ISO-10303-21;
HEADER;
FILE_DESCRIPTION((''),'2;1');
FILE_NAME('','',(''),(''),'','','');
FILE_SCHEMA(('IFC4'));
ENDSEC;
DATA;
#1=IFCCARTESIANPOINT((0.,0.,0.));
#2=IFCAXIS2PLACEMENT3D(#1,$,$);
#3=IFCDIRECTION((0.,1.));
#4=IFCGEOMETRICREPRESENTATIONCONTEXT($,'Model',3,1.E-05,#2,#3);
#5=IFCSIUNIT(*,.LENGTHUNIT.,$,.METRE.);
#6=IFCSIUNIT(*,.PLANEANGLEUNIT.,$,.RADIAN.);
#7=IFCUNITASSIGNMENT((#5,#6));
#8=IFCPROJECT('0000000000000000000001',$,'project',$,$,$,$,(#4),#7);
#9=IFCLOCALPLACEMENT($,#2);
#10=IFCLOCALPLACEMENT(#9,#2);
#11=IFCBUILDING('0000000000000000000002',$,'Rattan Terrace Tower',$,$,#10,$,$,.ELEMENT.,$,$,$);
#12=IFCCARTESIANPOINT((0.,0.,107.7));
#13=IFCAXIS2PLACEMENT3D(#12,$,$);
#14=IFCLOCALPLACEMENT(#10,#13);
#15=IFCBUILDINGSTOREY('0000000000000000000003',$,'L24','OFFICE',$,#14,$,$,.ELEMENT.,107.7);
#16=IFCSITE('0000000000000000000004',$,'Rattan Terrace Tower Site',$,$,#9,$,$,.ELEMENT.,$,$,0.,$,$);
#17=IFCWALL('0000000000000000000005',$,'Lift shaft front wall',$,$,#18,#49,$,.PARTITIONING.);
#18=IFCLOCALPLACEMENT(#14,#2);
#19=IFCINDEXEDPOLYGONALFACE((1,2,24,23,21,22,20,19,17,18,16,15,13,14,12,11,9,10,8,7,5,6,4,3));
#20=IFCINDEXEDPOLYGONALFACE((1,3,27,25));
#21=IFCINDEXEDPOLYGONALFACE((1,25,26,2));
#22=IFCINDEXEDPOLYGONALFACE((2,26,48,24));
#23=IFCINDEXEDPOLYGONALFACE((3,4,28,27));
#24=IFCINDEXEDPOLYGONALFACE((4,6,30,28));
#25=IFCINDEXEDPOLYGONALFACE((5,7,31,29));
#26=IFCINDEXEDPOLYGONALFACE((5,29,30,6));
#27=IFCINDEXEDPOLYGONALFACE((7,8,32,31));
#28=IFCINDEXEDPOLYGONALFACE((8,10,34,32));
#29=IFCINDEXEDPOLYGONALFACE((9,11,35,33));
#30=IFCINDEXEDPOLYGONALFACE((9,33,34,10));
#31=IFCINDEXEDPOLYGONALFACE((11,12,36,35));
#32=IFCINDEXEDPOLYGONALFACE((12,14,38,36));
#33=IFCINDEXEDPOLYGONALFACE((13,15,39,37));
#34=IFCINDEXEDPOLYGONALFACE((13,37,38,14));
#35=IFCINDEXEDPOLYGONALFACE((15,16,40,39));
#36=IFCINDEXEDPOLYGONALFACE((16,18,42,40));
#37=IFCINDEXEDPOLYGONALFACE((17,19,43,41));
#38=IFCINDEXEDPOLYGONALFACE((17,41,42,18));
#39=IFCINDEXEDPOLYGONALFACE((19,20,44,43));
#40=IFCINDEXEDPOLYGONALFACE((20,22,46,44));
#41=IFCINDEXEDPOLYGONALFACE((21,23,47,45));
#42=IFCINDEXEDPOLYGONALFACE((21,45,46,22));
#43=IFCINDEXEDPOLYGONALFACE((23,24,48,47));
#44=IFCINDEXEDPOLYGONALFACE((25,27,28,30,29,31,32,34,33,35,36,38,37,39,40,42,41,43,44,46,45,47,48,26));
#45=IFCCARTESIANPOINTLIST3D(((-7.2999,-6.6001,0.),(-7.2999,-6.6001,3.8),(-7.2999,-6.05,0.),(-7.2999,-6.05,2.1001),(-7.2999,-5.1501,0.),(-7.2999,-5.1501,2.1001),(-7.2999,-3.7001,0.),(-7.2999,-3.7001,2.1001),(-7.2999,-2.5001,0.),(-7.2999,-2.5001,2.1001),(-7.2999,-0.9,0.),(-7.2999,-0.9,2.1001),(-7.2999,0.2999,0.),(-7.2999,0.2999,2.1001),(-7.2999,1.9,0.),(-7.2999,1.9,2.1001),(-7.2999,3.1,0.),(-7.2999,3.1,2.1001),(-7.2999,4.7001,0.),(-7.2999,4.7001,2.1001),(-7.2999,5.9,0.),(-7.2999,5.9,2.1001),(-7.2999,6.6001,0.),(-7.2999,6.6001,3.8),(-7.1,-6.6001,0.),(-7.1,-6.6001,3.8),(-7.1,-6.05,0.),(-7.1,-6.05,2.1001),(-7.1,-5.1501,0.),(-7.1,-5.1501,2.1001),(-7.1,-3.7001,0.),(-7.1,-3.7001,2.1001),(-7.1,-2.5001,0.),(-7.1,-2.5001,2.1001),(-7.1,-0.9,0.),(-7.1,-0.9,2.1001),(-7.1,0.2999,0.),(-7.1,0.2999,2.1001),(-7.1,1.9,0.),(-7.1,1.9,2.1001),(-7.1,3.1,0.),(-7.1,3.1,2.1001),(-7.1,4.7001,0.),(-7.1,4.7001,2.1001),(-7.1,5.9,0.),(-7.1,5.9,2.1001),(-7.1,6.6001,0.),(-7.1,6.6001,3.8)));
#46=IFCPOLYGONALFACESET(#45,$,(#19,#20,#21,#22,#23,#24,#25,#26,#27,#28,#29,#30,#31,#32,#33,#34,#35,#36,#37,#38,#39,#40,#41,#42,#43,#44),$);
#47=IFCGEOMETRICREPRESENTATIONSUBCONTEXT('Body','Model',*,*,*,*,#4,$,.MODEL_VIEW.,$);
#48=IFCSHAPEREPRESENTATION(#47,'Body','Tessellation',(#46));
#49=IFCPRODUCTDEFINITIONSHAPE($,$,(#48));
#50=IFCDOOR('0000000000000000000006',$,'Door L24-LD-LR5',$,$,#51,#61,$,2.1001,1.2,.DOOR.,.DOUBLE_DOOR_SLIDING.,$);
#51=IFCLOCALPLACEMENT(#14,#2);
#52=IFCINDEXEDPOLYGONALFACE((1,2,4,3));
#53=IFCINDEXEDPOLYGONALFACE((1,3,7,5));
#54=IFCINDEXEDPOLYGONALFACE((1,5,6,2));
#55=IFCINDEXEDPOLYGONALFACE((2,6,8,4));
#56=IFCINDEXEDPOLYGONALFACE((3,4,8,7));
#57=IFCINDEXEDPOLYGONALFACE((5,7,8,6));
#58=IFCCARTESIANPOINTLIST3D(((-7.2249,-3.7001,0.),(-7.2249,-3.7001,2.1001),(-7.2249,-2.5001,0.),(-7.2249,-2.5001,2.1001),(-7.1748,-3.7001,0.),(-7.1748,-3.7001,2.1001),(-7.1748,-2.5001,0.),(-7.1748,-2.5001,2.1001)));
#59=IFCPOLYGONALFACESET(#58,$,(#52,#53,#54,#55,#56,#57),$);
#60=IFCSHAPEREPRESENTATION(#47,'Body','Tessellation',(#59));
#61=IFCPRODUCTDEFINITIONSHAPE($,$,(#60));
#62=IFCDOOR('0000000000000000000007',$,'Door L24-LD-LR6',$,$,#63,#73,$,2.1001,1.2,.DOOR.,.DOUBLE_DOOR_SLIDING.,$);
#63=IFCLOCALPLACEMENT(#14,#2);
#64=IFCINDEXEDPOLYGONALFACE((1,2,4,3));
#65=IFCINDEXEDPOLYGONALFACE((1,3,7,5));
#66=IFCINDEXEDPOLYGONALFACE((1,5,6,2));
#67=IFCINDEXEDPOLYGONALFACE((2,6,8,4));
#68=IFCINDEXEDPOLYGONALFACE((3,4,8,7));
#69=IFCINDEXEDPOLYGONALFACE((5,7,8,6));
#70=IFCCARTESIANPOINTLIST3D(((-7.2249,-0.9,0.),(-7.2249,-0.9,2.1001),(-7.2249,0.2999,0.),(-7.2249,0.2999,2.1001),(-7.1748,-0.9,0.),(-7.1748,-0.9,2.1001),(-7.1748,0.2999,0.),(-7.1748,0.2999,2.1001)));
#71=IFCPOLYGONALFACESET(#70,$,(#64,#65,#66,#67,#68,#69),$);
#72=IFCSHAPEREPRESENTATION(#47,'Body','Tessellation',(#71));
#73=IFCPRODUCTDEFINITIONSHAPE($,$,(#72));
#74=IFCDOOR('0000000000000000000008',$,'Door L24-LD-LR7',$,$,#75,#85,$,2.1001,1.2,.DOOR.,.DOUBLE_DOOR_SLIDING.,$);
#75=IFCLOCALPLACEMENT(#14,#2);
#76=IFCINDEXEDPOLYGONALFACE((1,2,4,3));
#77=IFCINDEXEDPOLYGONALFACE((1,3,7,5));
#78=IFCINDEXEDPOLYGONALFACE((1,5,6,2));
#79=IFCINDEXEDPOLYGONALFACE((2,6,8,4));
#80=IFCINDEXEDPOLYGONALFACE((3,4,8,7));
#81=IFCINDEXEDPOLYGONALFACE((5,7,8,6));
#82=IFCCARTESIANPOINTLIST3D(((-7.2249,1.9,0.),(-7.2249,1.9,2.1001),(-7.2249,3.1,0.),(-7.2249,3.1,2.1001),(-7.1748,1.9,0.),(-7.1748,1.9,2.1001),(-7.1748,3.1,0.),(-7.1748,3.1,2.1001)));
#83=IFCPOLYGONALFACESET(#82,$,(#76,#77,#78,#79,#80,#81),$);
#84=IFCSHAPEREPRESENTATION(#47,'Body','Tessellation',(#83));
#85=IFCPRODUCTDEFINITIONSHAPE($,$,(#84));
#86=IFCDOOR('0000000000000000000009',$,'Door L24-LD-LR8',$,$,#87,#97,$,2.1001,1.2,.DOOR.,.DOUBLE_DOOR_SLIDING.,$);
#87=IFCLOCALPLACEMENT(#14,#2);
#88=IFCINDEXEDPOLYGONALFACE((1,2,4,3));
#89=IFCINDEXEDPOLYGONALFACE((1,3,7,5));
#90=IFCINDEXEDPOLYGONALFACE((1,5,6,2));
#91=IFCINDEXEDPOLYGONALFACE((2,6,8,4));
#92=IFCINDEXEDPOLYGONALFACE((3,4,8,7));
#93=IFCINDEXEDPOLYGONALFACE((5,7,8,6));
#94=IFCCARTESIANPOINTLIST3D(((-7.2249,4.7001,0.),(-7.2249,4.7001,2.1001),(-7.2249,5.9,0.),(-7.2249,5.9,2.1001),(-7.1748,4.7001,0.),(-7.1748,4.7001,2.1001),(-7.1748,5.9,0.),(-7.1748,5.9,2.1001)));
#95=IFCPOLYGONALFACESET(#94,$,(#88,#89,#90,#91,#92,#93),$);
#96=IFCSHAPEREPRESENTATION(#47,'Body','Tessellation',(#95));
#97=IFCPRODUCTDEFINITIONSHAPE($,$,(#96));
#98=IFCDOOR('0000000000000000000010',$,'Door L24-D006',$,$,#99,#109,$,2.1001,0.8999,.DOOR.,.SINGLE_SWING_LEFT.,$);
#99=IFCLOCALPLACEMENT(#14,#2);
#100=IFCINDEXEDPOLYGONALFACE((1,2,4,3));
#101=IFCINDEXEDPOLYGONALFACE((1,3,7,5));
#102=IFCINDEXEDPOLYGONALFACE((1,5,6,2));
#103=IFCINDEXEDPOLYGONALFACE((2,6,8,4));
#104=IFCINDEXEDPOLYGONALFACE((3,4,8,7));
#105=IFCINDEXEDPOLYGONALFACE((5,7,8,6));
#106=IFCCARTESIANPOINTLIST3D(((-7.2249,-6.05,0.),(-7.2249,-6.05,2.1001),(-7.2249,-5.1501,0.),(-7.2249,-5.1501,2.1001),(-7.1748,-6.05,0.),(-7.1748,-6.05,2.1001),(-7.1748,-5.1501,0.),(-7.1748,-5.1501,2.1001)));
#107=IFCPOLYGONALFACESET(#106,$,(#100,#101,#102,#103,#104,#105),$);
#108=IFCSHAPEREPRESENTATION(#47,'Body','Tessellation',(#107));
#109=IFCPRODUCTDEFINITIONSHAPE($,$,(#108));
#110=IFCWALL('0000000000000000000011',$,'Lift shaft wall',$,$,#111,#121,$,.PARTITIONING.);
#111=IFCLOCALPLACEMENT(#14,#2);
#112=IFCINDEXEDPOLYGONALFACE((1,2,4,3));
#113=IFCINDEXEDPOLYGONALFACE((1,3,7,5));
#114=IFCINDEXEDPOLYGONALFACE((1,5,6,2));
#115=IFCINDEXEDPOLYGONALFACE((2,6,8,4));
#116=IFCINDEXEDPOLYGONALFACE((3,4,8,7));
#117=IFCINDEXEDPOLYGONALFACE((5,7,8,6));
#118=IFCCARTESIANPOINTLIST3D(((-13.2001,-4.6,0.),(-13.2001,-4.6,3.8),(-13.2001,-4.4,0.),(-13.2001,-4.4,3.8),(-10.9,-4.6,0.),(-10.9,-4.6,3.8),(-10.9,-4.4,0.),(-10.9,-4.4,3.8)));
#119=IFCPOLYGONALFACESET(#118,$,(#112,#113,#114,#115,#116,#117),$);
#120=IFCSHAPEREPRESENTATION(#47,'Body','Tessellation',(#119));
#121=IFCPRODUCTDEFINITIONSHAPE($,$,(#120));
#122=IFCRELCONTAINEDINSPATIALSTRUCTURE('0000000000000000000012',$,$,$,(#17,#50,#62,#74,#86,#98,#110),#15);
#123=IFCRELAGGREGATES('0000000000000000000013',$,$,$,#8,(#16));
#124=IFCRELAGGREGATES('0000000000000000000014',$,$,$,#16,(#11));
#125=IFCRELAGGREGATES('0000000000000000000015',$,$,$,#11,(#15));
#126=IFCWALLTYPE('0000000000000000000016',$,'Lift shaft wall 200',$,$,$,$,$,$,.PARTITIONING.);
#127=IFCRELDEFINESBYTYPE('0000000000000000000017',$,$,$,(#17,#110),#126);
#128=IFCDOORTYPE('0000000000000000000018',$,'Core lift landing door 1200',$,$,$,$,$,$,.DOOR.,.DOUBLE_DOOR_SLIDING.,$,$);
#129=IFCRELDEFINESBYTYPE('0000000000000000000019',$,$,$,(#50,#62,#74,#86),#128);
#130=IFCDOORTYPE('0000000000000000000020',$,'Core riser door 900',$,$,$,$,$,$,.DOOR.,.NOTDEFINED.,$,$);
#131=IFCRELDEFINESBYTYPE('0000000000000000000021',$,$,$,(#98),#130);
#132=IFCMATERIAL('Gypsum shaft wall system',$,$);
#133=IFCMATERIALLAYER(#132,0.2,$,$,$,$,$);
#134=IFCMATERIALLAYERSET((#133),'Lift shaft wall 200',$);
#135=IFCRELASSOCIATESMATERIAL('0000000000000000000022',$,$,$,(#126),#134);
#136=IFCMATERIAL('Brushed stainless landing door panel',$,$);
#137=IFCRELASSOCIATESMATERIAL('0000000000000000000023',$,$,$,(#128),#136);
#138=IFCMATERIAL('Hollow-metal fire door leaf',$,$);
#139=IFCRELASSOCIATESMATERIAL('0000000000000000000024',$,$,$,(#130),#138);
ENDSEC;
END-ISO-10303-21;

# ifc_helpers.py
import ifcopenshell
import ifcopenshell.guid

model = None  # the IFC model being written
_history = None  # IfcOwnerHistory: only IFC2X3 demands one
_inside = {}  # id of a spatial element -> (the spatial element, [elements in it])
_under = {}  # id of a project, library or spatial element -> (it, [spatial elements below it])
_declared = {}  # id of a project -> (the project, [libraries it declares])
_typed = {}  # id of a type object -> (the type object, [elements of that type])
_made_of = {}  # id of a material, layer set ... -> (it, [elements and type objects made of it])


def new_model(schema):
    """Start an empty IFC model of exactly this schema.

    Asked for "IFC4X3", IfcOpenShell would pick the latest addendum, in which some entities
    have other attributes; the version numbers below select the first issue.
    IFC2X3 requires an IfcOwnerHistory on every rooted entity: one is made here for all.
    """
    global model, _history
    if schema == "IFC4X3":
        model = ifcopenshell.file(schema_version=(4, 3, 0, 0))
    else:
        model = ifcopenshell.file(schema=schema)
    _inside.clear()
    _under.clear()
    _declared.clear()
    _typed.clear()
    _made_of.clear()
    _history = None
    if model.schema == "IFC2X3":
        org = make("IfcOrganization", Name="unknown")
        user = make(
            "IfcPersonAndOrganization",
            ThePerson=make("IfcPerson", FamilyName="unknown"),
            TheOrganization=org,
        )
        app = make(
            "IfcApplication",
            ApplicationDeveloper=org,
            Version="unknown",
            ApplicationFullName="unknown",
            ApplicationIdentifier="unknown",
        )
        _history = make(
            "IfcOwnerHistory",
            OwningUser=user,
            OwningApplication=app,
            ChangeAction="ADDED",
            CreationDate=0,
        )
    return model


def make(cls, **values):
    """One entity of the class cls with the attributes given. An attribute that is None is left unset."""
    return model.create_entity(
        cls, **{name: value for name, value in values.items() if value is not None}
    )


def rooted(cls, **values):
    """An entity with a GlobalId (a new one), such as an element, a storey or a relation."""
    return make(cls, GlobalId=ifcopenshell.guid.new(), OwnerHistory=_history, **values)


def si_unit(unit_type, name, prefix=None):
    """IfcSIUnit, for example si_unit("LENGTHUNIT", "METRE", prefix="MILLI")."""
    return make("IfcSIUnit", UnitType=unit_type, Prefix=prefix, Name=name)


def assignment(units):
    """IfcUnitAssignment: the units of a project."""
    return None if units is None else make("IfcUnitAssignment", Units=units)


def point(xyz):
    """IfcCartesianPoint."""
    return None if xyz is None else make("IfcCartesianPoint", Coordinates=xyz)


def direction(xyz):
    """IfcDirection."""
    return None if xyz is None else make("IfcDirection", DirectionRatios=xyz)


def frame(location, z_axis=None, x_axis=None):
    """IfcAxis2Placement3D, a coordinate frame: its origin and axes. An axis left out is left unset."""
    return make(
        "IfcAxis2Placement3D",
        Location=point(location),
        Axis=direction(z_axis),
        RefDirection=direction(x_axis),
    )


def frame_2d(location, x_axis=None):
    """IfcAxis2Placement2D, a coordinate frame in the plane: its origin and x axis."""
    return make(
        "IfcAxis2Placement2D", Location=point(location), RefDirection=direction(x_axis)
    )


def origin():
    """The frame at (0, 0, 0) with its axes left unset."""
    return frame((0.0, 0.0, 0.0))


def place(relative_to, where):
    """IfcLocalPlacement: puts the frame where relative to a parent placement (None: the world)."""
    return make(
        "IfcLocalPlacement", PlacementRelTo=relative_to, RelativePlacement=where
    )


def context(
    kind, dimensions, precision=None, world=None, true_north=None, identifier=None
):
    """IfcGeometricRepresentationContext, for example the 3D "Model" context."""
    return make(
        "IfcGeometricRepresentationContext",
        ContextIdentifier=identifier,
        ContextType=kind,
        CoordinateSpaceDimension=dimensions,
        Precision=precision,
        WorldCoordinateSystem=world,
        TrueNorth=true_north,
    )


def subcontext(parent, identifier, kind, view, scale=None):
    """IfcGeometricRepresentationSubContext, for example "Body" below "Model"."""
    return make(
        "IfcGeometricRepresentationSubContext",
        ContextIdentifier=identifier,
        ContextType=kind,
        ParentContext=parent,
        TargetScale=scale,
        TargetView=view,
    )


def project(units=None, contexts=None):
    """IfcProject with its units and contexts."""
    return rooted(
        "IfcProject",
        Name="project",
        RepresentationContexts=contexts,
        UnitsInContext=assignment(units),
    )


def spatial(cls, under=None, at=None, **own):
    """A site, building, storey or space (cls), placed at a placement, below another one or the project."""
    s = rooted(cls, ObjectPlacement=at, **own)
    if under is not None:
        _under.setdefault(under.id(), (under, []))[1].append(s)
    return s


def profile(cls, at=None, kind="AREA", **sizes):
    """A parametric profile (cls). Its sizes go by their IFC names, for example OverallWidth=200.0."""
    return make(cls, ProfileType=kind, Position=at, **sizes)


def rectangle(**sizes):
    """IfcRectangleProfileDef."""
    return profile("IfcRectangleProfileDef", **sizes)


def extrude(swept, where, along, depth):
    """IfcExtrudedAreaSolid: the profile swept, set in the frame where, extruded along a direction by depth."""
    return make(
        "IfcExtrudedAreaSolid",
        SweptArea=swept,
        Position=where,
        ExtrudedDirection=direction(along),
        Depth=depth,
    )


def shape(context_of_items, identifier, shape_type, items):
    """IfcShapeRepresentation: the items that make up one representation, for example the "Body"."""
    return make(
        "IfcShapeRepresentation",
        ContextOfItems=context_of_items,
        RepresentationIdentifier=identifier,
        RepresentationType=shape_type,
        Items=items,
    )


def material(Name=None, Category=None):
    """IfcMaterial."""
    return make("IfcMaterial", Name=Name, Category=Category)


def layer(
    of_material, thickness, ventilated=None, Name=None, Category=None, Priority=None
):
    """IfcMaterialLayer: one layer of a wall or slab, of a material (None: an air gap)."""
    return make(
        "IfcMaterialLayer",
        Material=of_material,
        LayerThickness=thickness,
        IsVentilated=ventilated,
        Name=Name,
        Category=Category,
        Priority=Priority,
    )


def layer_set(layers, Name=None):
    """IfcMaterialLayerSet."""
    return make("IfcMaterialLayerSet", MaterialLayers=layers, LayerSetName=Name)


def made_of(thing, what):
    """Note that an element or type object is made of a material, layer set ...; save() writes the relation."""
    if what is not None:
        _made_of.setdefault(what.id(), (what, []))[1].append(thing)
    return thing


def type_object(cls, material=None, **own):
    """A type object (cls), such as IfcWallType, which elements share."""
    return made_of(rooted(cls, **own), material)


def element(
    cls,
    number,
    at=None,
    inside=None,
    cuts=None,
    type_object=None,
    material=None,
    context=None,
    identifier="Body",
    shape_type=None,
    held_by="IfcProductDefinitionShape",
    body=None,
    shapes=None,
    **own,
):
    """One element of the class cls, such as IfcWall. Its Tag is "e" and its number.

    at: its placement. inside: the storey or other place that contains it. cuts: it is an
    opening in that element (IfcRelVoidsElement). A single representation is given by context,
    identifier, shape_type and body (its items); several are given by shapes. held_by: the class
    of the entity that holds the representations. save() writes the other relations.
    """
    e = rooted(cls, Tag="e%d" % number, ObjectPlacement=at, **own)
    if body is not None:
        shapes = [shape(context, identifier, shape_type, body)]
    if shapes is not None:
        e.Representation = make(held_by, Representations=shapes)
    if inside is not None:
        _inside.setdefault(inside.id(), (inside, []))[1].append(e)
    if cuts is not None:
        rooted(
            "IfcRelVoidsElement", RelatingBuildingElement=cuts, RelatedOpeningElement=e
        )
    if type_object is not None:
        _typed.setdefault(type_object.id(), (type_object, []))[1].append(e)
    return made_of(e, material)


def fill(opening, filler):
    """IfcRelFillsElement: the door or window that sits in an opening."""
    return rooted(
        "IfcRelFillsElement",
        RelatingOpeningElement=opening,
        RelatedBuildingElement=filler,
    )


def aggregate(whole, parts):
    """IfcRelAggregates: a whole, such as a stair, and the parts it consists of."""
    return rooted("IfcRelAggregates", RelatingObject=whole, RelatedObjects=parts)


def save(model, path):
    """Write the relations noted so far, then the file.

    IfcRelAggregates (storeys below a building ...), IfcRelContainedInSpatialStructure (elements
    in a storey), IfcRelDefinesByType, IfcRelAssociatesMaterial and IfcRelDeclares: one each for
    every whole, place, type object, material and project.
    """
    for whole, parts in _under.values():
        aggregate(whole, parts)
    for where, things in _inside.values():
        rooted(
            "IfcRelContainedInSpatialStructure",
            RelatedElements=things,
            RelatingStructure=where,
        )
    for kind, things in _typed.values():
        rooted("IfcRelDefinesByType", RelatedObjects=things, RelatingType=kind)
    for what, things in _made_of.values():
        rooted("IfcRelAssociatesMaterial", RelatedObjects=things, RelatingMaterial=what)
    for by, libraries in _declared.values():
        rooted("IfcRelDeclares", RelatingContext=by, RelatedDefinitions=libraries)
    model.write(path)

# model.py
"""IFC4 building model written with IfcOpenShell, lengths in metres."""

from ifc_helpers import new_model, si_unit, direction, frame, frame_2d, origin, place, context, subcontext, project, spatial, rectangle, extrude, material, layer, layer_set, type_object, element, fill, save


model = new_model("IFC4")

# Units and contexts
model_context = context("Model", 3, precision=1e-05, world=origin(), true_north=direction((0.0, 1.0)))
body_context = subcontext(model_context, "Body", "Model", "MODEL_VIEW")
ifc_project = project(units=[si_unit("LENGTHUNIT", "METRE"), si_unit("PLANEANGLEUNIT", "RADIAN")], contexts=[model_context])

# Site, building, storey
site_placement = place(None, origin())
site = spatial("IfcSite", under=ifc_project, at=site_placement, Name="Rattan Terrace Tower Site", CompositionType="ELEMENT", RefElevation=0.0)
building_placement = place(site_placement, origin())
building = spatial("IfcBuilding", under=site, at=building_placement, Name="Rattan Terrace Tower", CompositionType="ELEMENT")
storey_placement = place(building_placement, frame((0.0, 0.0, 107.7)))
storey = spatial("IfcBuildingStorey", under=building, at=storey_placement, Name="L24", Description="OFFICE", CompositionType="ELEMENT", Elevation=107.7)

# Wall, openings, doors
ifc_material_1 = material(Name="Gypsum shaft wall system")
ifc_layer_1 = layer(ifc_material_1, 0.2)
ifc_layer_set_1 = layer_set([ifc_layer_1], Name="Lift shaft wall 200")
wall_type_1 = type_object("IfcWallType", Name="Lift shaft wall 200", PredefinedType="PARTITIONING", material=ifc_layer_set_1)
ifc_material_2 = material(Name="Brushed stainless landing door panel")
door_type_1 = type_object("IfcDoorType", Name="Core lift landing door 1200", OperationType="DOUBLE_DOOR_SLIDING", PredefinedType="DOOR", material=ifc_material_2)
ifc_material_3 = material(Name="Hollow-metal fire door leaf")
door_type_2 = type_object("IfcDoorType", Name="Core riser door 900", OperationType="NOTDEFINED", PredefinedType="DOOR", material=ifc_material_3)
wall_1_placement = place(storey_placement, frame((-7.2, -6.6001, 0.0), z_axis=(0.0, 0.0, 1.0), x_axis=(0.0, 1.0, 0.0)))
wall_1 = element("IfcWall", 1, at=wall_1_placement, inside=storey, type_object=wall_type_1, Name="Lift shaft front wall", PredefinedType="PARTITIONING", context=body_context, shape_type="SweptSolid", body=[
    extrude(rectangle(XDim=13.2002, YDim=0.2, at=frame_2d((6.6001, 0.0))), origin(), (0.0, 0.0, 1.0), 3.8),
])
opening_1_placement = place(wall_1_placement, frame((0.55, 0.0, 0.0)))
opening_1 = element("IfcOpeningElement", 2, at=opening_1_placement, cuts=wall_1, PredefinedType="OPENING", context=body_context, shape_type="SweptSolid", body=[
    extrude(rectangle(XDim=0.8999, YDim=2.1001, at=frame_2d((0.45, 1.05))), frame((0.0, 0.1106, 0.0), z_axis=(0.0, -1.0, 0.0), x_axis=(1.0, 0.0, 0.0)), (0.0, 0.0, 1.0), 0.2209),
])
opening_2_placement = place(wall_1_placement, frame((2.8999, 0.0, 0.0)))
opening_2 = element("IfcOpeningElement", 3, at=opening_2_placement, cuts=wall_1, PredefinedType="OPENING", context=body_context, shape_type="SweptSolid", body=[
    extrude(rectangle(XDim=1.2, YDim=2.1001, at=frame_2d((0.6001, 1.05))), frame((0.0, 0.1106, 0.0), z_axis=(0.0, -1.0, 0.0), x_axis=(1.0, 0.0, 0.0)), (0.0, 0.0, 1.0), 0.2209),
])
opening_3_placement = place(wall_1_placement, frame((5.7, 0.0, 0.0)))
opening_3 = element("IfcOpeningElement", 4, at=opening_3_placement, cuts=wall_1, PredefinedType="OPENING", context=body_context, shape_type="SweptSolid", body=[
    extrude(rectangle(XDim=1.2, YDim=2.1001, at=frame_2d((0.6001, 1.05))), frame((0.0, 0.1106, 0.0), z_axis=(0.0, -1.0, 0.0), x_axis=(1.0, 0.0, 0.0)), (0.0, 0.0, 1.0), 0.2209),
])
opening_4_placement = place(wall_1_placement, frame((8.5, 0.0, 0.0)))
opening_4 = element("IfcOpeningElement", 5, at=opening_4_placement, cuts=wall_1, PredefinedType="OPENING", context=body_context, shape_type="SweptSolid", body=[
    extrude(rectangle(XDim=1.2, YDim=2.1001, at=frame_2d((0.6001, 1.05))), frame((0.0, 0.1106, 0.0), z_axis=(0.0, -1.0, 0.0), x_axis=(1.0, 0.0, 0.0)), (0.0, 0.0, 1.0), 0.2209),
])
opening_5_placement = place(wall_1_placement, frame((11.3, 0.0, 0.0)))
opening_5 = element("IfcOpeningElement", 6, at=opening_5_placement, cuts=wall_1, PredefinedType="OPENING", context=body_context, shape_type="SweptSolid", body=[
    extrude(rectangle(XDim=1.2, YDim=2.1001, at=frame_2d((0.6001, 1.05))), frame((0.0, 0.1106, 0.0), z_axis=(0.0, -1.0, 0.0), x_axis=(1.0, 0.0, 0.0)), (0.0, 0.0, 1.0), 0.2209),
])
door_1_placement = place(opening_2_placement, origin())
door_1 = element("IfcDoor", 7, at=door_1_placement, inside=storey, type_object=door_type_1, Name="Door L24-LD-LR5", OperationType="DOUBLE_DOOR_SLIDING", OverallHeight=2.1001, OverallWidth=1.2, PredefinedType="DOOR", context=body_context, shape_type="SweptSolid", body=[
    extrude(rectangle(XDim=1.2, YDim=2.1001, at=frame_2d((0.6001, 1.05))), frame((0.0, 0.0249, 0.0), z_axis=(0.0, -1.0, 0.0), x_axis=(1.0, 0.0, 0.0)), (0.0, 0.0, 1.0), 0.05),
])
fill(opening_2, door_1)
door_2_placement = place(opening_3_placement, origin())
door_2 = element("IfcDoor", 8, at=door_2_placement, inside=storey, type_object=door_type_1, Name="Door L24-LD-LR6", OperationType="DOUBLE_DOOR_SLIDING", OverallHeight=2.1001, OverallWidth=1.2, PredefinedType="DOOR", context=body_context, shape_type="SweptSolid", body=[
    extrude(rectangle(XDim=1.2, YDim=2.1001, at=frame_2d((0.6001, 1.05))), frame((0.0, 0.0249, 0.0), z_axis=(0.0, -1.0, 0.0), x_axis=(1.0, 0.0, 0.0)), (0.0, 0.0, 1.0), 0.05),
])
fill(opening_3, door_2)
door_3_placement = place(opening_4_placement, origin())
door_3 = element("IfcDoor", 9, at=door_3_placement, inside=storey, type_object=door_type_1, Name="Door L24-LD-LR7", OperationType="DOUBLE_DOOR_SLIDING", OverallHeight=2.1001, OverallWidth=1.2, PredefinedType="DOOR", context=body_context, shape_type="SweptSolid", body=[
    extrude(rectangle(XDim=1.2, YDim=2.1001, at=frame_2d((0.6001, 1.05))), frame((0.0, 0.0249, 0.0), z_axis=(0.0, -1.0, 0.0), x_axis=(1.0, 0.0, 0.0)), (0.0, 0.0, 1.0), 0.05),
])
fill(opening_4, door_3)
door_4_placement = place(opening_5_placement, origin())
door_4 = element("IfcDoor", 10, at=door_4_placement, inside=storey, type_object=door_type_1, Name="Door L24-LD-LR8", OperationType="DOUBLE_DOOR_SLIDING", OverallHeight=2.1001, OverallWidth=1.2, PredefinedType="DOOR", context=body_context, shape_type="SweptSolid", body=[
    extrude(rectangle(XDim=1.2, YDim=2.1001, at=frame_2d((0.6001, 1.05))), frame((0.0, 0.0249, 0.0), z_axis=(0.0, -1.0, 0.0), x_axis=(1.0, 0.0, 0.0)), (0.0, 0.0, 1.0), 0.05),
])
fill(opening_5, door_4)
door_5_placement = place(opening_1_placement, origin())
door_5 = element("IfcDoor", 11, at=door_5_placement, inside=storey, type_object=door_type_2, Name="Door L24-D006", OperationType="SINGLE_SWING_LEFT", OverallHeight=2.1001, OverallWidth=0.8999, PredefinedType="DOOR", context=body_context, shape_type="SweptSolid", body=[
    extrude(rectangle(XDim=0.8999, YDim=2.1001, at=frame_2d((0.45, 1.05))), frame((0.0, 0.0249, 0.0), z_axis=(0.0, -1.0, 0.0), x_axis=(1.0, 0.0, 0.0)), (0.0, 0.0, 1.0), 0.05),
])
fill(opening_1, door_5)

# Wall
wall_2_placement = place(storey_placement, frame((-13.2, -4.5, 0.0), z_axis=(0.0, 0.0, 1.0), x_axis=(1.0, 0.0, 0.0)))
element("IfcWall", 12, at=wall_2_placement, inside=storey, type_object=wall_type_1, Name="Lift shaft wall", PredefinedType="PARTITIONING", context=body_context, shape_type="SweptSolid", body=[
    extrude(rectangle(XDim=2.3, YDim=0.2, at=frame_2d((1.1499, 0.0))), origin(), (0.0, 0.0, 1.0), 3.8),
])

save(model, "model.ifc")
